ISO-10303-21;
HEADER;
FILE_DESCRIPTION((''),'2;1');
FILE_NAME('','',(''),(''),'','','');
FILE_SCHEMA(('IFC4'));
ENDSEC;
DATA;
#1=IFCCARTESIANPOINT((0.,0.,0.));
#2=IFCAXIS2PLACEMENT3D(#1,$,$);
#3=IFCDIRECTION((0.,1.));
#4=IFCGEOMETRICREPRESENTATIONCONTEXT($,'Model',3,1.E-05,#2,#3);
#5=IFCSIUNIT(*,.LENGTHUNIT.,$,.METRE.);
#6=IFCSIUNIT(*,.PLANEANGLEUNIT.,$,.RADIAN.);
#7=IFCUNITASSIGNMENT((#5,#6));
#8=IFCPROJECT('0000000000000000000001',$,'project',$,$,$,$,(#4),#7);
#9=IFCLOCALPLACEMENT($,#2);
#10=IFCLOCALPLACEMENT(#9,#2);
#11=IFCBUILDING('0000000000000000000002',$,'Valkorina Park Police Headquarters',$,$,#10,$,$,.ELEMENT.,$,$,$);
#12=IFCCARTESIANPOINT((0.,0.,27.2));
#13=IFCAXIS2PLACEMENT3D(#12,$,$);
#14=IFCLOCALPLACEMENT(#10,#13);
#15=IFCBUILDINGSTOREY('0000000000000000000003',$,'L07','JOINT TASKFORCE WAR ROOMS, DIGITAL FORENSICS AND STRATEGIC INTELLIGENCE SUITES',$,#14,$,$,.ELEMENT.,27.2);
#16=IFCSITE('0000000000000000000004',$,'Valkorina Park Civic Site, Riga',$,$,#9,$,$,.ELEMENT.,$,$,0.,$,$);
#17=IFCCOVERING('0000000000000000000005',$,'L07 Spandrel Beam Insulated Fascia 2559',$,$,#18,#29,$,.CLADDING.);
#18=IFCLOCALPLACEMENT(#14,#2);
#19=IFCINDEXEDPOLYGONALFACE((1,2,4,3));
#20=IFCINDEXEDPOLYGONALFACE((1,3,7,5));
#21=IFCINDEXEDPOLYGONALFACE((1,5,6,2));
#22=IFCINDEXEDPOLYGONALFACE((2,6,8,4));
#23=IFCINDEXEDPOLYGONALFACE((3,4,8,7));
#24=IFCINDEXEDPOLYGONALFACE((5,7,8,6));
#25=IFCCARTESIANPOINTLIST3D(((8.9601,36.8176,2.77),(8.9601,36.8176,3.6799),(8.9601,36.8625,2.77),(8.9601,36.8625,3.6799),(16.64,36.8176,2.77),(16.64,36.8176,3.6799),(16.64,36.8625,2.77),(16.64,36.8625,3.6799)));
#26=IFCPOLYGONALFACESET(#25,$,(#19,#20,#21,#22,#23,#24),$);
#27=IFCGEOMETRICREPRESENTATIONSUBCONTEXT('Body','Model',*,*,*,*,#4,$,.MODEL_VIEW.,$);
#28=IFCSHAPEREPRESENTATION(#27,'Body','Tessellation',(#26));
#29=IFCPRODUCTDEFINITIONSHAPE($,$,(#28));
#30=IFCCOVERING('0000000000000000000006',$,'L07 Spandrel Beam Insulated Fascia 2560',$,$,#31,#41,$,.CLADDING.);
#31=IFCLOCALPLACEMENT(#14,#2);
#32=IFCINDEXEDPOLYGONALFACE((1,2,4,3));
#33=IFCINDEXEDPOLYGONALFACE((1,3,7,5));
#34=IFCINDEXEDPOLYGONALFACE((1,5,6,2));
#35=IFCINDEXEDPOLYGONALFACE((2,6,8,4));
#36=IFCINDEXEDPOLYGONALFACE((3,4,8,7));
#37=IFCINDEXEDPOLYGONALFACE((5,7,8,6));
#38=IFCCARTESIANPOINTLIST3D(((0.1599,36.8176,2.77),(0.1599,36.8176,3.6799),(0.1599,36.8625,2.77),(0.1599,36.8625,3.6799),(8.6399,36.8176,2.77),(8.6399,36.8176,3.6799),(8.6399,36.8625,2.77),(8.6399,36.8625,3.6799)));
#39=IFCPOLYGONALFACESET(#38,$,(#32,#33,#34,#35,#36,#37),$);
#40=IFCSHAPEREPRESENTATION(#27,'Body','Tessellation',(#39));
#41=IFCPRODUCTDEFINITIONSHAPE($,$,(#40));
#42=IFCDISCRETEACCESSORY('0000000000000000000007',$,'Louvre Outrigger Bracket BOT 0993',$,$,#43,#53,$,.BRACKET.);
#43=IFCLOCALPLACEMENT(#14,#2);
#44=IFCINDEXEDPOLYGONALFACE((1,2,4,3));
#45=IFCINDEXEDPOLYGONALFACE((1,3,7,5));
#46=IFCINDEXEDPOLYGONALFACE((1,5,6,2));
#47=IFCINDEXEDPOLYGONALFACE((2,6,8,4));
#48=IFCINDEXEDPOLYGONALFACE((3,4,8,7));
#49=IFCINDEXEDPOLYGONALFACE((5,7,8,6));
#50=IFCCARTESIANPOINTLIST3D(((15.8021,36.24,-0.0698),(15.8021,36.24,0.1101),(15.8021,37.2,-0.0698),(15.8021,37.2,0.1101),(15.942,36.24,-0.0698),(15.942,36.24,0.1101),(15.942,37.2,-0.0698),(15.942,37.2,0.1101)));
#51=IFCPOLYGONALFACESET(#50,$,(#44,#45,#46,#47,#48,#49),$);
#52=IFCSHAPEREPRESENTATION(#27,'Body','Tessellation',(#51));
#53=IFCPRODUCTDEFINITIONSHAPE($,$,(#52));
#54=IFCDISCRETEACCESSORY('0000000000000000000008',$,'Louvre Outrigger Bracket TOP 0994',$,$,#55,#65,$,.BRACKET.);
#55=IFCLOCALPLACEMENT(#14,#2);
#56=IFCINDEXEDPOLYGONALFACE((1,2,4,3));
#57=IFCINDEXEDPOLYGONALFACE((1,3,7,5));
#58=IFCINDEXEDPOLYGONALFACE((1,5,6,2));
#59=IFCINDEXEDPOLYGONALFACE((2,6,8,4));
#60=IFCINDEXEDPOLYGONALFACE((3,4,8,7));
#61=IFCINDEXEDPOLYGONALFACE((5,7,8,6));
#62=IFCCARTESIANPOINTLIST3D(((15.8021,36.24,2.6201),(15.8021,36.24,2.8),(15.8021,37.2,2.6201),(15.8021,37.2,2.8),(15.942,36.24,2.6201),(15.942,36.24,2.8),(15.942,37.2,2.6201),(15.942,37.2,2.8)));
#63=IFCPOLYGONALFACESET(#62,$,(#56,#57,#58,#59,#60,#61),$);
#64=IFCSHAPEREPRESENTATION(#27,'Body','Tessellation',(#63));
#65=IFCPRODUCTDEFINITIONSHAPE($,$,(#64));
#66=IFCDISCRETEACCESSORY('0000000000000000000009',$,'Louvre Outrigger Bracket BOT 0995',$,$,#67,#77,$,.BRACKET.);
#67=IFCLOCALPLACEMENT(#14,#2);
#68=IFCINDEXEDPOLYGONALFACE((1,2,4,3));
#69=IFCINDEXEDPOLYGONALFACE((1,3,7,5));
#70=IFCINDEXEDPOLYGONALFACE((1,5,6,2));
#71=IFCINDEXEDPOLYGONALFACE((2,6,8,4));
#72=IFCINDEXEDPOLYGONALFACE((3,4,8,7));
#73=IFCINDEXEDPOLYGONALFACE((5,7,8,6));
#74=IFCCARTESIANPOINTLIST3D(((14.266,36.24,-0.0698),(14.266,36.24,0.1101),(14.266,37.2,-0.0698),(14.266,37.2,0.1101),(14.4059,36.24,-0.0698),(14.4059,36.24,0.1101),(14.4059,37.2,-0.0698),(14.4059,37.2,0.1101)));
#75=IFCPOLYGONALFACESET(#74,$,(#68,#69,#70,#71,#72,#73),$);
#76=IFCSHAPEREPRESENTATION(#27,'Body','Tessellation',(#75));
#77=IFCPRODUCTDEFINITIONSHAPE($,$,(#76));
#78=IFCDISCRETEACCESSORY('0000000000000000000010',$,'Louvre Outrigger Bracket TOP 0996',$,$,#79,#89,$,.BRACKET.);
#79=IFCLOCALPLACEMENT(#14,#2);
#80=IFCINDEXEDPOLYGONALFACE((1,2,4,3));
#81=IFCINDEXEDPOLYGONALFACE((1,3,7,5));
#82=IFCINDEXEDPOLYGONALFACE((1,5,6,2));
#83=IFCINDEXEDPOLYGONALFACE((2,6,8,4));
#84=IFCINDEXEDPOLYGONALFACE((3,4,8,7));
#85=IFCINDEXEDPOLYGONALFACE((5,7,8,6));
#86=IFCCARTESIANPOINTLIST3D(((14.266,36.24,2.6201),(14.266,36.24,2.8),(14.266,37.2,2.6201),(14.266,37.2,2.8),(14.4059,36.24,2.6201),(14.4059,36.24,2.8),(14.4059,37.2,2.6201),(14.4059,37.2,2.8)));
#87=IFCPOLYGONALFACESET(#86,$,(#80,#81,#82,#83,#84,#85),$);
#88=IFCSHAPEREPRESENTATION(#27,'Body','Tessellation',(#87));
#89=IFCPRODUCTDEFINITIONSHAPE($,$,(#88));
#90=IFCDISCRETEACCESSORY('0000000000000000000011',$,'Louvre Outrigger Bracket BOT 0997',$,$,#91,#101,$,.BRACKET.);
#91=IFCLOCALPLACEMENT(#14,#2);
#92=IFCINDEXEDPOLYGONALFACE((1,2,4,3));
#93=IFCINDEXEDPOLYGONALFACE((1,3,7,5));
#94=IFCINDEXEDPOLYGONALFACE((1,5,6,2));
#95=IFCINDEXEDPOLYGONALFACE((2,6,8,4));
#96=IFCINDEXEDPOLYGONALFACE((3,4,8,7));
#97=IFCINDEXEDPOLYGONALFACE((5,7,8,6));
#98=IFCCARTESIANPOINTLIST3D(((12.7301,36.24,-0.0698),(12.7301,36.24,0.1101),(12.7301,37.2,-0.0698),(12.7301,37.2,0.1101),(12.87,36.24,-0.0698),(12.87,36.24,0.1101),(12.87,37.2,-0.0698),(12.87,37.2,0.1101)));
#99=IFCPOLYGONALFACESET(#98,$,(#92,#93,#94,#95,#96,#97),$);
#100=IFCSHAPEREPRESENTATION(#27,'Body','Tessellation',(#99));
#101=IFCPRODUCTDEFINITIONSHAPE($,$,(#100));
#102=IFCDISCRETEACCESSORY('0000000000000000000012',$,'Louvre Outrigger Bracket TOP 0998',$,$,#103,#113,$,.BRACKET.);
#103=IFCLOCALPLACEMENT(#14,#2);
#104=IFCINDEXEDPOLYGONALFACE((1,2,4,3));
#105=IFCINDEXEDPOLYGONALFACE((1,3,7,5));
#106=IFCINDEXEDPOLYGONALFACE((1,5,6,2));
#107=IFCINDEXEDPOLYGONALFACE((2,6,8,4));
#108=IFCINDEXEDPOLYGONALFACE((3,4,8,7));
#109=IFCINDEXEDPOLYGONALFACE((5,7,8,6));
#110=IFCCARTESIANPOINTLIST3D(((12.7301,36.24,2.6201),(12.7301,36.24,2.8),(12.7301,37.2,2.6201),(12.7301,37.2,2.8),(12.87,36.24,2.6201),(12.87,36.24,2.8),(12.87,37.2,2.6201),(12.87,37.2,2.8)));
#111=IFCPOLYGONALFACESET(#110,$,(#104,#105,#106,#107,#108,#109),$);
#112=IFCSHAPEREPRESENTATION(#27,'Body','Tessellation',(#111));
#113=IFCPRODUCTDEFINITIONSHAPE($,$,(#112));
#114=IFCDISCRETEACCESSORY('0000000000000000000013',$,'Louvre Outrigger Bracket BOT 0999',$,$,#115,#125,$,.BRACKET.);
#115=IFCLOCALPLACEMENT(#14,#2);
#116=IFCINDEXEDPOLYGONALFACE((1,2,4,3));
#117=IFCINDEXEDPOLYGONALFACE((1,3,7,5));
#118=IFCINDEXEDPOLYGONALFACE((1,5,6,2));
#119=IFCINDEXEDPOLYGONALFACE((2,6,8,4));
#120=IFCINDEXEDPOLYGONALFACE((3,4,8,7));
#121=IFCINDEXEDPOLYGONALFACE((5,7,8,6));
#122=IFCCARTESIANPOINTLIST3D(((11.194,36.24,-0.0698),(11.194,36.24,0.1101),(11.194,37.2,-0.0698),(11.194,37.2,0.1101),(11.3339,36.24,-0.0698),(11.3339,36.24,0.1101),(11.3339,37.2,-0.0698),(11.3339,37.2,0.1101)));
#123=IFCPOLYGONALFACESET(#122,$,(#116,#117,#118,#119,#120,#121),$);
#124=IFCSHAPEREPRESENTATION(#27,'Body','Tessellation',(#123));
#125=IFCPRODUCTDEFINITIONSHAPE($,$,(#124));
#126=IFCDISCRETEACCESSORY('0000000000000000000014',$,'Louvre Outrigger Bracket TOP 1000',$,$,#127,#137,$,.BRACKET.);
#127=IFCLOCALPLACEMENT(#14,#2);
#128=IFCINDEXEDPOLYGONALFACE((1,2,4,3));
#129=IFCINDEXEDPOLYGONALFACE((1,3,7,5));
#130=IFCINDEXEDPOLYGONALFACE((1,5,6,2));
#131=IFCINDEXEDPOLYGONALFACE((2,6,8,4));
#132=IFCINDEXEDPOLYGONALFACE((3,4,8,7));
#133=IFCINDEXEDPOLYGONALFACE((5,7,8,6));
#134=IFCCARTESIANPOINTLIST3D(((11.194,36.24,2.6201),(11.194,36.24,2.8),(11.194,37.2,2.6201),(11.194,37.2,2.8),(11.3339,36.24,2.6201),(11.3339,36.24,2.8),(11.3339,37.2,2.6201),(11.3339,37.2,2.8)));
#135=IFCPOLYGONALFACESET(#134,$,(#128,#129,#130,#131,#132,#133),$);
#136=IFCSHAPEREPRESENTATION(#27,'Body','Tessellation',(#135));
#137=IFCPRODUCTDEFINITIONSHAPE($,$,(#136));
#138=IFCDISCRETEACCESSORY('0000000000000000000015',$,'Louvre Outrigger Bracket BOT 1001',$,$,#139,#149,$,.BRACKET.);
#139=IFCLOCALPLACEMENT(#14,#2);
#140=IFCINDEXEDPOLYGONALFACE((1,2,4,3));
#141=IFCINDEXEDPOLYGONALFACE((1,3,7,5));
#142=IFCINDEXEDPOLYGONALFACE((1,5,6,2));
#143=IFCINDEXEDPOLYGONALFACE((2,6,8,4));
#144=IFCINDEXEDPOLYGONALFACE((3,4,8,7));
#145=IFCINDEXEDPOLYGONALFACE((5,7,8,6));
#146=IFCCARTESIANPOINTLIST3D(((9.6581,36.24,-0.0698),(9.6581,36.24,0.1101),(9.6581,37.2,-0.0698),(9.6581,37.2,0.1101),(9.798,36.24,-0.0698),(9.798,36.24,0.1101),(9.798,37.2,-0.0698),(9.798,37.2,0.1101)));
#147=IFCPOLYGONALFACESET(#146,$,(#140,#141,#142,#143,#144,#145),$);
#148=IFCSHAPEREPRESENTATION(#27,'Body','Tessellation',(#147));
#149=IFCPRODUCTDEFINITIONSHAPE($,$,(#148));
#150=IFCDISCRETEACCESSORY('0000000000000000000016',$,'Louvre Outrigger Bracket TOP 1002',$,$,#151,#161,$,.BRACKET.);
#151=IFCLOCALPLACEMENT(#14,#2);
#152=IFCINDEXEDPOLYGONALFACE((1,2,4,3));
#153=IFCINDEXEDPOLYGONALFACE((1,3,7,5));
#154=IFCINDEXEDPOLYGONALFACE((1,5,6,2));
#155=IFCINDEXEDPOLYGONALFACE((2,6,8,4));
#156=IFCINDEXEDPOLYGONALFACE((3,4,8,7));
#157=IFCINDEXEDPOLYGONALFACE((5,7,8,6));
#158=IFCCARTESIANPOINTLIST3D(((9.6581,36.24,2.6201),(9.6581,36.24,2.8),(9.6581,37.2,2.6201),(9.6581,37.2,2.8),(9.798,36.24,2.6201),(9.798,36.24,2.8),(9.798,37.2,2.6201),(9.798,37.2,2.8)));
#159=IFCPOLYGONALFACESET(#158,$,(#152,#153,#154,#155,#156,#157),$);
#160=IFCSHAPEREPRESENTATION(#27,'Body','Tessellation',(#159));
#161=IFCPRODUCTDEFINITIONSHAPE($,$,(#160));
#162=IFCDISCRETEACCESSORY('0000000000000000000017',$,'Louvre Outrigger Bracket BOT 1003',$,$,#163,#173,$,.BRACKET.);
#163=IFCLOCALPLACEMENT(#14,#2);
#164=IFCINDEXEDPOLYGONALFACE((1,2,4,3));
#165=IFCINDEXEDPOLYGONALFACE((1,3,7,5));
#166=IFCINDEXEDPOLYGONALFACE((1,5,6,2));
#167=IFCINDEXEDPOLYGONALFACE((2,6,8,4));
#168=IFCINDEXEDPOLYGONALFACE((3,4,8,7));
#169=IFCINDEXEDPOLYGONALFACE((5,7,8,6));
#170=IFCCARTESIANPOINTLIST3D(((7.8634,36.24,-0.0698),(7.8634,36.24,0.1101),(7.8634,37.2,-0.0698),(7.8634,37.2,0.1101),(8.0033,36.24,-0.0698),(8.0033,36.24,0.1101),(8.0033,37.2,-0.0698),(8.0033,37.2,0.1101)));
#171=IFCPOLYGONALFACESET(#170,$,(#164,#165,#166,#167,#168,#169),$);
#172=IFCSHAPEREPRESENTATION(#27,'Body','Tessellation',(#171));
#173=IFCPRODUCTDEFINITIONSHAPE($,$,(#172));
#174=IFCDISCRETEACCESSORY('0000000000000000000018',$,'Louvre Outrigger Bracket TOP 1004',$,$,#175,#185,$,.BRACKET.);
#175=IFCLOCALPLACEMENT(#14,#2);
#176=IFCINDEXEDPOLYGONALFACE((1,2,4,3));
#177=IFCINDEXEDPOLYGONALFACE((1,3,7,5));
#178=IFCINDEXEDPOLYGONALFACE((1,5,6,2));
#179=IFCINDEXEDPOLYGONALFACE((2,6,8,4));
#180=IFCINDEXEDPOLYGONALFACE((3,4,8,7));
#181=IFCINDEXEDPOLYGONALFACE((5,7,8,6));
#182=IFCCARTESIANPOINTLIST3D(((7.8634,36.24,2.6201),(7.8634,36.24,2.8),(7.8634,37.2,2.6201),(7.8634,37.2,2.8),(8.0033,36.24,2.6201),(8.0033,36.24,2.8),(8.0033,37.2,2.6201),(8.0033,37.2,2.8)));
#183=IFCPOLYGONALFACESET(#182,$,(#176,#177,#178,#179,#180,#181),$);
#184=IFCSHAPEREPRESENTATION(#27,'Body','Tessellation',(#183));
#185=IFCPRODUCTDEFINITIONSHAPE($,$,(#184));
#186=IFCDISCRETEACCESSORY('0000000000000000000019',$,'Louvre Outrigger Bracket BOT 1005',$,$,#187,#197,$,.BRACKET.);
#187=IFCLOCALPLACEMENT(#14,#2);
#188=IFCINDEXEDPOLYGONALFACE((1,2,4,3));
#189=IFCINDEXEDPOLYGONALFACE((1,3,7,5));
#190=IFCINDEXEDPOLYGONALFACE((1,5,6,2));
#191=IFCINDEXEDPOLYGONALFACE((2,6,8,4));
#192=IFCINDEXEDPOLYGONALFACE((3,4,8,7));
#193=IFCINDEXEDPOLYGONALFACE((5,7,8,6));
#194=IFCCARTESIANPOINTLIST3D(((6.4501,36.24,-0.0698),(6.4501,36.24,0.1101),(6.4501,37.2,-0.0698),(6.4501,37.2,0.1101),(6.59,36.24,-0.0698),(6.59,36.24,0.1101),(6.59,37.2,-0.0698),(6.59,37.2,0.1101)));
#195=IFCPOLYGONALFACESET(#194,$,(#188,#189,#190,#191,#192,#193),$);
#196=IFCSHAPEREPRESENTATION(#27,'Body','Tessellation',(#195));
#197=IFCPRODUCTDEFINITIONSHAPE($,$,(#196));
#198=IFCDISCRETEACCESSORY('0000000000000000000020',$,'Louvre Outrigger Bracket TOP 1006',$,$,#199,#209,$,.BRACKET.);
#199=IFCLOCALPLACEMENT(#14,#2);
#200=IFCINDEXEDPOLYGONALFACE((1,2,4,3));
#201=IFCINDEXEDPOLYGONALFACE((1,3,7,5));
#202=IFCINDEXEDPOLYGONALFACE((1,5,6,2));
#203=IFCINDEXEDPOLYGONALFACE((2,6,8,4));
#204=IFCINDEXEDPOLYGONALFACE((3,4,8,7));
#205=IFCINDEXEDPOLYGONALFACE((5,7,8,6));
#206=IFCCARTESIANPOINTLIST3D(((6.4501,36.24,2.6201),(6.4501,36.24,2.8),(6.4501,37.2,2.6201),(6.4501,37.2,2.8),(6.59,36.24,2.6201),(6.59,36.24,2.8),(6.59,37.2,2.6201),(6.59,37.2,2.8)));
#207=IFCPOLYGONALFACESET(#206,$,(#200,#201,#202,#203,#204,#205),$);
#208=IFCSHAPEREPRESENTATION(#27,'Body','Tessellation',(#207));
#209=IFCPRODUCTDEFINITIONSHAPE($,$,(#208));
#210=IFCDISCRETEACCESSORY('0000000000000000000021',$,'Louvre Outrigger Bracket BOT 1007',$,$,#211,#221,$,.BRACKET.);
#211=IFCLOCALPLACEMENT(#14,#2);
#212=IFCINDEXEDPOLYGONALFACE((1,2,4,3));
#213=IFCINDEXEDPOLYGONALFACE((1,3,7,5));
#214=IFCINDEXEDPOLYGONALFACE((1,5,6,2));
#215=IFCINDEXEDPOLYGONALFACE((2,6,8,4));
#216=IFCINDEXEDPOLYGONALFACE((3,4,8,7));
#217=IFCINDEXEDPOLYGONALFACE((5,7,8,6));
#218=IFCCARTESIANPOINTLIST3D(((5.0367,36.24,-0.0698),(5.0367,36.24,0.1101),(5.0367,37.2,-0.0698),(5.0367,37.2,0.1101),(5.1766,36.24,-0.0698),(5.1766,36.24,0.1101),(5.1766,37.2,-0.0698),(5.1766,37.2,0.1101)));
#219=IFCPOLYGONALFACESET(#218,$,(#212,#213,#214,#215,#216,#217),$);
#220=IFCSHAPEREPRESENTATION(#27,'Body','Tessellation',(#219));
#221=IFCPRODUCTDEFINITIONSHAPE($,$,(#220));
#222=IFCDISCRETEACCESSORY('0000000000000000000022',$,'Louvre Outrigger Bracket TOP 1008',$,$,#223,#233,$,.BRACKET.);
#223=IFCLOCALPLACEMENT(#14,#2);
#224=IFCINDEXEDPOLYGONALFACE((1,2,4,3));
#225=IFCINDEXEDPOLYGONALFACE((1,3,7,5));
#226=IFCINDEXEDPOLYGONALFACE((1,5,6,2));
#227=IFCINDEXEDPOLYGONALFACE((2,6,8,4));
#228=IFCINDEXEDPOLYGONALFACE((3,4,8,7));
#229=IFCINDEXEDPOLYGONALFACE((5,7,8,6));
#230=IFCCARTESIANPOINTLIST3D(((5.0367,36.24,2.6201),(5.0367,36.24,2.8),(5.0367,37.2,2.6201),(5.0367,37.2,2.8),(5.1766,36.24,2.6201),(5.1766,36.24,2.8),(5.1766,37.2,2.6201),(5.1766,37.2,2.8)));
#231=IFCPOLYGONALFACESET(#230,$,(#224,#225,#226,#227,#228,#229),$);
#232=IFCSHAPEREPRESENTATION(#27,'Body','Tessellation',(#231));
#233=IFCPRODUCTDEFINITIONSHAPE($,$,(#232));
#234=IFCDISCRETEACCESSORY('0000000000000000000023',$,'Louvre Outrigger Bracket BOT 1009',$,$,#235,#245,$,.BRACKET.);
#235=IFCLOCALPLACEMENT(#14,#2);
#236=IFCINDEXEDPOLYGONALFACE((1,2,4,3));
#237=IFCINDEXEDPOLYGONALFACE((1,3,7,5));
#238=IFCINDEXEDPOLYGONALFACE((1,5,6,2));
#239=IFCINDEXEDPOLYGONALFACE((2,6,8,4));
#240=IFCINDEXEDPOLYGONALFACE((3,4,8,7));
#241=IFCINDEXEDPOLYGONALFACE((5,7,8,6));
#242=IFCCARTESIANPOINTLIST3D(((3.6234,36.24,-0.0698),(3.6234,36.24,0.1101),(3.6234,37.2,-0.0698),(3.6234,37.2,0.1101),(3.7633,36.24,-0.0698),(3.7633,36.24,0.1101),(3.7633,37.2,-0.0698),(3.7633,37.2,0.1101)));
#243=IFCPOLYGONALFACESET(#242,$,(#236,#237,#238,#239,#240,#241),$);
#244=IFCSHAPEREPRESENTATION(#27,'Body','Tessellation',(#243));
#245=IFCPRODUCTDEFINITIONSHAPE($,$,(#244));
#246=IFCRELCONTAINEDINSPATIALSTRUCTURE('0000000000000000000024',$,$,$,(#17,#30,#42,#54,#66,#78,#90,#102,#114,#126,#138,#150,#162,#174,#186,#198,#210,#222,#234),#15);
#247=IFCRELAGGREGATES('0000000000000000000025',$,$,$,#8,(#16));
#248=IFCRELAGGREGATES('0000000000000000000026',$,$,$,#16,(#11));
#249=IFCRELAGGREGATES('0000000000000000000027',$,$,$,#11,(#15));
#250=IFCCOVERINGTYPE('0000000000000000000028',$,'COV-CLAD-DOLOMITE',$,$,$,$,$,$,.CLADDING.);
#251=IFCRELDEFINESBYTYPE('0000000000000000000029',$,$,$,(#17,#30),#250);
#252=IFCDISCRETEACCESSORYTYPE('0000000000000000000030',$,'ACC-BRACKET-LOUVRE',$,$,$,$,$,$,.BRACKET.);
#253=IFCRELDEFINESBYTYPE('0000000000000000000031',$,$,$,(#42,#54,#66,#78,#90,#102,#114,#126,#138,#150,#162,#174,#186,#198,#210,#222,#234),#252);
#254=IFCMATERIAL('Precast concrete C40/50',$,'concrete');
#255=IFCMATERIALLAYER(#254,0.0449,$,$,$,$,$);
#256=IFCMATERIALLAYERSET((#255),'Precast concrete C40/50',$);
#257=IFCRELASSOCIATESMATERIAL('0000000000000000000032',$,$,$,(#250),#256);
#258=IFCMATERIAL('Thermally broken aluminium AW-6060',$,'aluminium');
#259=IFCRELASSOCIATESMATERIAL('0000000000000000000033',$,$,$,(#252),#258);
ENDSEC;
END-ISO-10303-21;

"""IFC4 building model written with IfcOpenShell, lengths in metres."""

from ifc_helpers import new_model, si_unit, direction, frame, frame_2d, origin, origin_2d, place, context, subcontext, project, spatial, rectangle, extrude, material, layer, layer_set, type_object, element, save


model = new_model("IFC4")

# Units and contexts
model_context = context("Model", 3, precision=1e-05, world=origin(), true_north=direction((0.0, 1.0)))
body_context = subcontext(model_context, "Body", "Model", "MODEL_VIEW")
ifc_project = project(units=[si_unit("LENGTHUNIT", "METRE"), si_unit("PLANEANGLEUNIT", "RADIAN")], contexts=[model_context])

# Site, building, storey
site_placement = place(None, origin())
site = spatial("IfcSite", under=ifc_project, at=site_placement, Name="Valkorina Park Civic Site, Riga", CompositionType="ELEMENT", RefElevation=0.0)
building_placement = place(site_placement, origin())
building = spatial("IfcBuilding", under=site, at=building_placement, Name="Valkorina Park Police Headquarters", CompositionType="ELEMENT")
storey_placement = place(building_placement, frame((0.0, 0.0, 27.2)))
storey = spatial("IfcBuildingStorey", under=building, at=storey_placement, Name="L07", Description="JOINT TASKFORCE WAR ROOMS, DIGITAL FORENSICS AND STRATEGIC INTELLIGENCE SUITES", CompositionType="ELEMENT", Elevation=27.2)

# Coverings
ifc_material_1 = material(Name="Precast concrete C40/50", Category="concrete")
ifc_layer = layer(ifc_material_1, 0.0449)
ifc_layer_set = layer_set([ifc_layer], Name="Precast concrete C40/50")
covering_type = type_object("IfcCoveringType", Name="COV-CLAD-DOLOMITE", PredefinedType="CLADDING", material=ifc_layer_set)
covering_1_placement = place(storey_placement, frame((16.6399, 36.8401, 2.77), z_axis=(0.0, 0.0, 1.0), x_axis=(-1.0, 0.0, 0.0)))
element("IfcCovering", 1, at=covering_1_placement, inside=storey, type_object=covering_type, Name="L07 Spandrel Beam Insulated Fascia 2559", PredefinedType="CLADDING", context=body_context, shape_type="SweptSolid", body=[
    extrude(rectangle(XDim=7.6799, YDim=0.0449, at=frame_2d((3.8398, 0.0))), origin(), (0.0, 0.0, 1.0), 0.9099),
])
covering_2_placement = place(storey_placement, frame((8.6399, 36.8401, 2.77), z_axis=(0.0, 0.0, 1.0), x_axis=(-1.0, 0.0, 0.0)))
element("IfcCovering", 2, at=covering_2_placement, inside=storey, type_object=covering_type, Name="L07 Spandrel Beam Insulated Fascia 2560", PredefinedType="CLADDING", context=body_context, shape_type="SweptSolid", body=[
    extrude(rectangle(XDim=8.48, YDim=0.0449, at=frame_2d((4.24, 0.0))), origin(), (0.0, 0.0, 1.0), 0.9099),
])

# Discrete accessories
ifc_material_2 = material(Name="Thermally broken aluminium AW-6060", Category="aluminium")
discrete_accessory_type = type_object("IfcDiscreteAccessoryType", Name="ACC-BRACKET-LOUVRE", PredefinedType="BRACKET", material=ifc_material_2)
for number, where, z_axis, x_axis, name in (
    (3, (15.8721, 36.72, -0.0698), (0.0, 0.0, 1.0), (0.0, -1.0, 0.0), "Louvre Outrigger Bracket BOT 0993"),
    (4, (15.8721, 36.72, 2.6201), (0.0, 0.0, 1.0), (0.0, -1.0, 0.0), "Louvre Outrigger Bracket TOP 0994"),
    (5, (14.3359, 36.72, -0.0698), (0.0, 0.0, 1.0), (0.0, -1.0, 0.0), "Louvre Outrigger Bracket BOT 0995"),
    (6, (14.3359, 36.72, 2.6201), (0.0, 0.0, 1.0), (0.0, -1.0, 0.0), "Louvre Outrigger Bracket TOP 0996"),
    (7, (12.8, 36.72, -0.0698), (0.0, 0.0, 1.0), (0.0, -1.0, 0.0), "Louvre Outrigger Bracket BOT 0997"),
    (8, (12.8, 36.72, 2.6201), (0.0, 0.0, 1.0), (0.0, -1.0, 0.0), "Louvre Outrigger Bracket TOP 0998"),
    (9, (11.2639, 36.72, -0.0698), (0.0, 0.0, 1.0), (0.0, -1.0, 0.0), "Louvre Outrigger Bracket BOT 0999"),
    (10, (11.2639, 36.72, 2.6201), (0.0, 0.0, 1.0), (0.0, -1.0, 0.0), "Louvre Outrigger Bracket TOP 1000"),
    (11, (9.728, 36.72, -0.0698), (0.0, 0.0, 1.0), (0.0, -1.0, 0.0), "Louvre Outrigger Bracket BOT 1001"),
    (12, (9.728, 36.72, 2.6201), (0.0, 0.0, 1.0), (0.0, -1.0, 0.0), "Louvre Outrigger Bracket TOP 1002"),
    (13, (7.9333, 36.72, -0.0698), (0.0, 0.0, 1.0), (0.0, -1.0, 0.0), "Louvre Outrigger Bracket BOT 1003"),
    (14, (7.9333, 36.72, 2.6201), (0.0, 0.0, 1.0), (0.0, -1.0, 0.0), "Louvre Outrigger Bracket TOP 1004"),
    (15, (6.52, 36.72, -0.0698), (0.0, 0.0, 1.0), (0.0, -1.0, 0.0), "Louvre Outrigger Bracket BOT 1005"),
    (16, (6.52, 36.72, 2.6201), (0.0, 0.0, 1.0), (0.0, -1.0, 0.0), "Louvre Outrigger Bracket TOP 1006"),
    (17, (5.1067, 36.72, -0.0698), (0.0, 0.0, 1.0), (0.0, -1.0, 0.0), "Louvre Outrigger Bracket BOT 1007"),
    (18, (5.1067, 36.72, 2.6201), (0.0, 0.0, 1.0), (0.0, -1.0, 0.0), "Louvre Outrigger Bracket TOP 1008"),
    (19, (3.6934, 36.72, -0.0698), (0.0, 0.0, 1.0), (0.0, -1.0, 0.0), "Louvre Outrigger Bracket BOT 1009"),
):
    element("IfcDiscreteAccessory", number, at=place(storey_placement, frame(where, z_axis=z_axis, x_axis=x_axis)), inside=storey, type_object=discrete_accessory_type, Name=name, PredefinedType="BRACKET", context=body_context, shape_type="SweptSolid", body=[
        extrude(rectangle(XDim=0.96, YDim=0.1399, at=origin_2d()), origin(), (0.0, 0.0, 1.0), 0.1799),
    ])

save(model, "model.ifc")
